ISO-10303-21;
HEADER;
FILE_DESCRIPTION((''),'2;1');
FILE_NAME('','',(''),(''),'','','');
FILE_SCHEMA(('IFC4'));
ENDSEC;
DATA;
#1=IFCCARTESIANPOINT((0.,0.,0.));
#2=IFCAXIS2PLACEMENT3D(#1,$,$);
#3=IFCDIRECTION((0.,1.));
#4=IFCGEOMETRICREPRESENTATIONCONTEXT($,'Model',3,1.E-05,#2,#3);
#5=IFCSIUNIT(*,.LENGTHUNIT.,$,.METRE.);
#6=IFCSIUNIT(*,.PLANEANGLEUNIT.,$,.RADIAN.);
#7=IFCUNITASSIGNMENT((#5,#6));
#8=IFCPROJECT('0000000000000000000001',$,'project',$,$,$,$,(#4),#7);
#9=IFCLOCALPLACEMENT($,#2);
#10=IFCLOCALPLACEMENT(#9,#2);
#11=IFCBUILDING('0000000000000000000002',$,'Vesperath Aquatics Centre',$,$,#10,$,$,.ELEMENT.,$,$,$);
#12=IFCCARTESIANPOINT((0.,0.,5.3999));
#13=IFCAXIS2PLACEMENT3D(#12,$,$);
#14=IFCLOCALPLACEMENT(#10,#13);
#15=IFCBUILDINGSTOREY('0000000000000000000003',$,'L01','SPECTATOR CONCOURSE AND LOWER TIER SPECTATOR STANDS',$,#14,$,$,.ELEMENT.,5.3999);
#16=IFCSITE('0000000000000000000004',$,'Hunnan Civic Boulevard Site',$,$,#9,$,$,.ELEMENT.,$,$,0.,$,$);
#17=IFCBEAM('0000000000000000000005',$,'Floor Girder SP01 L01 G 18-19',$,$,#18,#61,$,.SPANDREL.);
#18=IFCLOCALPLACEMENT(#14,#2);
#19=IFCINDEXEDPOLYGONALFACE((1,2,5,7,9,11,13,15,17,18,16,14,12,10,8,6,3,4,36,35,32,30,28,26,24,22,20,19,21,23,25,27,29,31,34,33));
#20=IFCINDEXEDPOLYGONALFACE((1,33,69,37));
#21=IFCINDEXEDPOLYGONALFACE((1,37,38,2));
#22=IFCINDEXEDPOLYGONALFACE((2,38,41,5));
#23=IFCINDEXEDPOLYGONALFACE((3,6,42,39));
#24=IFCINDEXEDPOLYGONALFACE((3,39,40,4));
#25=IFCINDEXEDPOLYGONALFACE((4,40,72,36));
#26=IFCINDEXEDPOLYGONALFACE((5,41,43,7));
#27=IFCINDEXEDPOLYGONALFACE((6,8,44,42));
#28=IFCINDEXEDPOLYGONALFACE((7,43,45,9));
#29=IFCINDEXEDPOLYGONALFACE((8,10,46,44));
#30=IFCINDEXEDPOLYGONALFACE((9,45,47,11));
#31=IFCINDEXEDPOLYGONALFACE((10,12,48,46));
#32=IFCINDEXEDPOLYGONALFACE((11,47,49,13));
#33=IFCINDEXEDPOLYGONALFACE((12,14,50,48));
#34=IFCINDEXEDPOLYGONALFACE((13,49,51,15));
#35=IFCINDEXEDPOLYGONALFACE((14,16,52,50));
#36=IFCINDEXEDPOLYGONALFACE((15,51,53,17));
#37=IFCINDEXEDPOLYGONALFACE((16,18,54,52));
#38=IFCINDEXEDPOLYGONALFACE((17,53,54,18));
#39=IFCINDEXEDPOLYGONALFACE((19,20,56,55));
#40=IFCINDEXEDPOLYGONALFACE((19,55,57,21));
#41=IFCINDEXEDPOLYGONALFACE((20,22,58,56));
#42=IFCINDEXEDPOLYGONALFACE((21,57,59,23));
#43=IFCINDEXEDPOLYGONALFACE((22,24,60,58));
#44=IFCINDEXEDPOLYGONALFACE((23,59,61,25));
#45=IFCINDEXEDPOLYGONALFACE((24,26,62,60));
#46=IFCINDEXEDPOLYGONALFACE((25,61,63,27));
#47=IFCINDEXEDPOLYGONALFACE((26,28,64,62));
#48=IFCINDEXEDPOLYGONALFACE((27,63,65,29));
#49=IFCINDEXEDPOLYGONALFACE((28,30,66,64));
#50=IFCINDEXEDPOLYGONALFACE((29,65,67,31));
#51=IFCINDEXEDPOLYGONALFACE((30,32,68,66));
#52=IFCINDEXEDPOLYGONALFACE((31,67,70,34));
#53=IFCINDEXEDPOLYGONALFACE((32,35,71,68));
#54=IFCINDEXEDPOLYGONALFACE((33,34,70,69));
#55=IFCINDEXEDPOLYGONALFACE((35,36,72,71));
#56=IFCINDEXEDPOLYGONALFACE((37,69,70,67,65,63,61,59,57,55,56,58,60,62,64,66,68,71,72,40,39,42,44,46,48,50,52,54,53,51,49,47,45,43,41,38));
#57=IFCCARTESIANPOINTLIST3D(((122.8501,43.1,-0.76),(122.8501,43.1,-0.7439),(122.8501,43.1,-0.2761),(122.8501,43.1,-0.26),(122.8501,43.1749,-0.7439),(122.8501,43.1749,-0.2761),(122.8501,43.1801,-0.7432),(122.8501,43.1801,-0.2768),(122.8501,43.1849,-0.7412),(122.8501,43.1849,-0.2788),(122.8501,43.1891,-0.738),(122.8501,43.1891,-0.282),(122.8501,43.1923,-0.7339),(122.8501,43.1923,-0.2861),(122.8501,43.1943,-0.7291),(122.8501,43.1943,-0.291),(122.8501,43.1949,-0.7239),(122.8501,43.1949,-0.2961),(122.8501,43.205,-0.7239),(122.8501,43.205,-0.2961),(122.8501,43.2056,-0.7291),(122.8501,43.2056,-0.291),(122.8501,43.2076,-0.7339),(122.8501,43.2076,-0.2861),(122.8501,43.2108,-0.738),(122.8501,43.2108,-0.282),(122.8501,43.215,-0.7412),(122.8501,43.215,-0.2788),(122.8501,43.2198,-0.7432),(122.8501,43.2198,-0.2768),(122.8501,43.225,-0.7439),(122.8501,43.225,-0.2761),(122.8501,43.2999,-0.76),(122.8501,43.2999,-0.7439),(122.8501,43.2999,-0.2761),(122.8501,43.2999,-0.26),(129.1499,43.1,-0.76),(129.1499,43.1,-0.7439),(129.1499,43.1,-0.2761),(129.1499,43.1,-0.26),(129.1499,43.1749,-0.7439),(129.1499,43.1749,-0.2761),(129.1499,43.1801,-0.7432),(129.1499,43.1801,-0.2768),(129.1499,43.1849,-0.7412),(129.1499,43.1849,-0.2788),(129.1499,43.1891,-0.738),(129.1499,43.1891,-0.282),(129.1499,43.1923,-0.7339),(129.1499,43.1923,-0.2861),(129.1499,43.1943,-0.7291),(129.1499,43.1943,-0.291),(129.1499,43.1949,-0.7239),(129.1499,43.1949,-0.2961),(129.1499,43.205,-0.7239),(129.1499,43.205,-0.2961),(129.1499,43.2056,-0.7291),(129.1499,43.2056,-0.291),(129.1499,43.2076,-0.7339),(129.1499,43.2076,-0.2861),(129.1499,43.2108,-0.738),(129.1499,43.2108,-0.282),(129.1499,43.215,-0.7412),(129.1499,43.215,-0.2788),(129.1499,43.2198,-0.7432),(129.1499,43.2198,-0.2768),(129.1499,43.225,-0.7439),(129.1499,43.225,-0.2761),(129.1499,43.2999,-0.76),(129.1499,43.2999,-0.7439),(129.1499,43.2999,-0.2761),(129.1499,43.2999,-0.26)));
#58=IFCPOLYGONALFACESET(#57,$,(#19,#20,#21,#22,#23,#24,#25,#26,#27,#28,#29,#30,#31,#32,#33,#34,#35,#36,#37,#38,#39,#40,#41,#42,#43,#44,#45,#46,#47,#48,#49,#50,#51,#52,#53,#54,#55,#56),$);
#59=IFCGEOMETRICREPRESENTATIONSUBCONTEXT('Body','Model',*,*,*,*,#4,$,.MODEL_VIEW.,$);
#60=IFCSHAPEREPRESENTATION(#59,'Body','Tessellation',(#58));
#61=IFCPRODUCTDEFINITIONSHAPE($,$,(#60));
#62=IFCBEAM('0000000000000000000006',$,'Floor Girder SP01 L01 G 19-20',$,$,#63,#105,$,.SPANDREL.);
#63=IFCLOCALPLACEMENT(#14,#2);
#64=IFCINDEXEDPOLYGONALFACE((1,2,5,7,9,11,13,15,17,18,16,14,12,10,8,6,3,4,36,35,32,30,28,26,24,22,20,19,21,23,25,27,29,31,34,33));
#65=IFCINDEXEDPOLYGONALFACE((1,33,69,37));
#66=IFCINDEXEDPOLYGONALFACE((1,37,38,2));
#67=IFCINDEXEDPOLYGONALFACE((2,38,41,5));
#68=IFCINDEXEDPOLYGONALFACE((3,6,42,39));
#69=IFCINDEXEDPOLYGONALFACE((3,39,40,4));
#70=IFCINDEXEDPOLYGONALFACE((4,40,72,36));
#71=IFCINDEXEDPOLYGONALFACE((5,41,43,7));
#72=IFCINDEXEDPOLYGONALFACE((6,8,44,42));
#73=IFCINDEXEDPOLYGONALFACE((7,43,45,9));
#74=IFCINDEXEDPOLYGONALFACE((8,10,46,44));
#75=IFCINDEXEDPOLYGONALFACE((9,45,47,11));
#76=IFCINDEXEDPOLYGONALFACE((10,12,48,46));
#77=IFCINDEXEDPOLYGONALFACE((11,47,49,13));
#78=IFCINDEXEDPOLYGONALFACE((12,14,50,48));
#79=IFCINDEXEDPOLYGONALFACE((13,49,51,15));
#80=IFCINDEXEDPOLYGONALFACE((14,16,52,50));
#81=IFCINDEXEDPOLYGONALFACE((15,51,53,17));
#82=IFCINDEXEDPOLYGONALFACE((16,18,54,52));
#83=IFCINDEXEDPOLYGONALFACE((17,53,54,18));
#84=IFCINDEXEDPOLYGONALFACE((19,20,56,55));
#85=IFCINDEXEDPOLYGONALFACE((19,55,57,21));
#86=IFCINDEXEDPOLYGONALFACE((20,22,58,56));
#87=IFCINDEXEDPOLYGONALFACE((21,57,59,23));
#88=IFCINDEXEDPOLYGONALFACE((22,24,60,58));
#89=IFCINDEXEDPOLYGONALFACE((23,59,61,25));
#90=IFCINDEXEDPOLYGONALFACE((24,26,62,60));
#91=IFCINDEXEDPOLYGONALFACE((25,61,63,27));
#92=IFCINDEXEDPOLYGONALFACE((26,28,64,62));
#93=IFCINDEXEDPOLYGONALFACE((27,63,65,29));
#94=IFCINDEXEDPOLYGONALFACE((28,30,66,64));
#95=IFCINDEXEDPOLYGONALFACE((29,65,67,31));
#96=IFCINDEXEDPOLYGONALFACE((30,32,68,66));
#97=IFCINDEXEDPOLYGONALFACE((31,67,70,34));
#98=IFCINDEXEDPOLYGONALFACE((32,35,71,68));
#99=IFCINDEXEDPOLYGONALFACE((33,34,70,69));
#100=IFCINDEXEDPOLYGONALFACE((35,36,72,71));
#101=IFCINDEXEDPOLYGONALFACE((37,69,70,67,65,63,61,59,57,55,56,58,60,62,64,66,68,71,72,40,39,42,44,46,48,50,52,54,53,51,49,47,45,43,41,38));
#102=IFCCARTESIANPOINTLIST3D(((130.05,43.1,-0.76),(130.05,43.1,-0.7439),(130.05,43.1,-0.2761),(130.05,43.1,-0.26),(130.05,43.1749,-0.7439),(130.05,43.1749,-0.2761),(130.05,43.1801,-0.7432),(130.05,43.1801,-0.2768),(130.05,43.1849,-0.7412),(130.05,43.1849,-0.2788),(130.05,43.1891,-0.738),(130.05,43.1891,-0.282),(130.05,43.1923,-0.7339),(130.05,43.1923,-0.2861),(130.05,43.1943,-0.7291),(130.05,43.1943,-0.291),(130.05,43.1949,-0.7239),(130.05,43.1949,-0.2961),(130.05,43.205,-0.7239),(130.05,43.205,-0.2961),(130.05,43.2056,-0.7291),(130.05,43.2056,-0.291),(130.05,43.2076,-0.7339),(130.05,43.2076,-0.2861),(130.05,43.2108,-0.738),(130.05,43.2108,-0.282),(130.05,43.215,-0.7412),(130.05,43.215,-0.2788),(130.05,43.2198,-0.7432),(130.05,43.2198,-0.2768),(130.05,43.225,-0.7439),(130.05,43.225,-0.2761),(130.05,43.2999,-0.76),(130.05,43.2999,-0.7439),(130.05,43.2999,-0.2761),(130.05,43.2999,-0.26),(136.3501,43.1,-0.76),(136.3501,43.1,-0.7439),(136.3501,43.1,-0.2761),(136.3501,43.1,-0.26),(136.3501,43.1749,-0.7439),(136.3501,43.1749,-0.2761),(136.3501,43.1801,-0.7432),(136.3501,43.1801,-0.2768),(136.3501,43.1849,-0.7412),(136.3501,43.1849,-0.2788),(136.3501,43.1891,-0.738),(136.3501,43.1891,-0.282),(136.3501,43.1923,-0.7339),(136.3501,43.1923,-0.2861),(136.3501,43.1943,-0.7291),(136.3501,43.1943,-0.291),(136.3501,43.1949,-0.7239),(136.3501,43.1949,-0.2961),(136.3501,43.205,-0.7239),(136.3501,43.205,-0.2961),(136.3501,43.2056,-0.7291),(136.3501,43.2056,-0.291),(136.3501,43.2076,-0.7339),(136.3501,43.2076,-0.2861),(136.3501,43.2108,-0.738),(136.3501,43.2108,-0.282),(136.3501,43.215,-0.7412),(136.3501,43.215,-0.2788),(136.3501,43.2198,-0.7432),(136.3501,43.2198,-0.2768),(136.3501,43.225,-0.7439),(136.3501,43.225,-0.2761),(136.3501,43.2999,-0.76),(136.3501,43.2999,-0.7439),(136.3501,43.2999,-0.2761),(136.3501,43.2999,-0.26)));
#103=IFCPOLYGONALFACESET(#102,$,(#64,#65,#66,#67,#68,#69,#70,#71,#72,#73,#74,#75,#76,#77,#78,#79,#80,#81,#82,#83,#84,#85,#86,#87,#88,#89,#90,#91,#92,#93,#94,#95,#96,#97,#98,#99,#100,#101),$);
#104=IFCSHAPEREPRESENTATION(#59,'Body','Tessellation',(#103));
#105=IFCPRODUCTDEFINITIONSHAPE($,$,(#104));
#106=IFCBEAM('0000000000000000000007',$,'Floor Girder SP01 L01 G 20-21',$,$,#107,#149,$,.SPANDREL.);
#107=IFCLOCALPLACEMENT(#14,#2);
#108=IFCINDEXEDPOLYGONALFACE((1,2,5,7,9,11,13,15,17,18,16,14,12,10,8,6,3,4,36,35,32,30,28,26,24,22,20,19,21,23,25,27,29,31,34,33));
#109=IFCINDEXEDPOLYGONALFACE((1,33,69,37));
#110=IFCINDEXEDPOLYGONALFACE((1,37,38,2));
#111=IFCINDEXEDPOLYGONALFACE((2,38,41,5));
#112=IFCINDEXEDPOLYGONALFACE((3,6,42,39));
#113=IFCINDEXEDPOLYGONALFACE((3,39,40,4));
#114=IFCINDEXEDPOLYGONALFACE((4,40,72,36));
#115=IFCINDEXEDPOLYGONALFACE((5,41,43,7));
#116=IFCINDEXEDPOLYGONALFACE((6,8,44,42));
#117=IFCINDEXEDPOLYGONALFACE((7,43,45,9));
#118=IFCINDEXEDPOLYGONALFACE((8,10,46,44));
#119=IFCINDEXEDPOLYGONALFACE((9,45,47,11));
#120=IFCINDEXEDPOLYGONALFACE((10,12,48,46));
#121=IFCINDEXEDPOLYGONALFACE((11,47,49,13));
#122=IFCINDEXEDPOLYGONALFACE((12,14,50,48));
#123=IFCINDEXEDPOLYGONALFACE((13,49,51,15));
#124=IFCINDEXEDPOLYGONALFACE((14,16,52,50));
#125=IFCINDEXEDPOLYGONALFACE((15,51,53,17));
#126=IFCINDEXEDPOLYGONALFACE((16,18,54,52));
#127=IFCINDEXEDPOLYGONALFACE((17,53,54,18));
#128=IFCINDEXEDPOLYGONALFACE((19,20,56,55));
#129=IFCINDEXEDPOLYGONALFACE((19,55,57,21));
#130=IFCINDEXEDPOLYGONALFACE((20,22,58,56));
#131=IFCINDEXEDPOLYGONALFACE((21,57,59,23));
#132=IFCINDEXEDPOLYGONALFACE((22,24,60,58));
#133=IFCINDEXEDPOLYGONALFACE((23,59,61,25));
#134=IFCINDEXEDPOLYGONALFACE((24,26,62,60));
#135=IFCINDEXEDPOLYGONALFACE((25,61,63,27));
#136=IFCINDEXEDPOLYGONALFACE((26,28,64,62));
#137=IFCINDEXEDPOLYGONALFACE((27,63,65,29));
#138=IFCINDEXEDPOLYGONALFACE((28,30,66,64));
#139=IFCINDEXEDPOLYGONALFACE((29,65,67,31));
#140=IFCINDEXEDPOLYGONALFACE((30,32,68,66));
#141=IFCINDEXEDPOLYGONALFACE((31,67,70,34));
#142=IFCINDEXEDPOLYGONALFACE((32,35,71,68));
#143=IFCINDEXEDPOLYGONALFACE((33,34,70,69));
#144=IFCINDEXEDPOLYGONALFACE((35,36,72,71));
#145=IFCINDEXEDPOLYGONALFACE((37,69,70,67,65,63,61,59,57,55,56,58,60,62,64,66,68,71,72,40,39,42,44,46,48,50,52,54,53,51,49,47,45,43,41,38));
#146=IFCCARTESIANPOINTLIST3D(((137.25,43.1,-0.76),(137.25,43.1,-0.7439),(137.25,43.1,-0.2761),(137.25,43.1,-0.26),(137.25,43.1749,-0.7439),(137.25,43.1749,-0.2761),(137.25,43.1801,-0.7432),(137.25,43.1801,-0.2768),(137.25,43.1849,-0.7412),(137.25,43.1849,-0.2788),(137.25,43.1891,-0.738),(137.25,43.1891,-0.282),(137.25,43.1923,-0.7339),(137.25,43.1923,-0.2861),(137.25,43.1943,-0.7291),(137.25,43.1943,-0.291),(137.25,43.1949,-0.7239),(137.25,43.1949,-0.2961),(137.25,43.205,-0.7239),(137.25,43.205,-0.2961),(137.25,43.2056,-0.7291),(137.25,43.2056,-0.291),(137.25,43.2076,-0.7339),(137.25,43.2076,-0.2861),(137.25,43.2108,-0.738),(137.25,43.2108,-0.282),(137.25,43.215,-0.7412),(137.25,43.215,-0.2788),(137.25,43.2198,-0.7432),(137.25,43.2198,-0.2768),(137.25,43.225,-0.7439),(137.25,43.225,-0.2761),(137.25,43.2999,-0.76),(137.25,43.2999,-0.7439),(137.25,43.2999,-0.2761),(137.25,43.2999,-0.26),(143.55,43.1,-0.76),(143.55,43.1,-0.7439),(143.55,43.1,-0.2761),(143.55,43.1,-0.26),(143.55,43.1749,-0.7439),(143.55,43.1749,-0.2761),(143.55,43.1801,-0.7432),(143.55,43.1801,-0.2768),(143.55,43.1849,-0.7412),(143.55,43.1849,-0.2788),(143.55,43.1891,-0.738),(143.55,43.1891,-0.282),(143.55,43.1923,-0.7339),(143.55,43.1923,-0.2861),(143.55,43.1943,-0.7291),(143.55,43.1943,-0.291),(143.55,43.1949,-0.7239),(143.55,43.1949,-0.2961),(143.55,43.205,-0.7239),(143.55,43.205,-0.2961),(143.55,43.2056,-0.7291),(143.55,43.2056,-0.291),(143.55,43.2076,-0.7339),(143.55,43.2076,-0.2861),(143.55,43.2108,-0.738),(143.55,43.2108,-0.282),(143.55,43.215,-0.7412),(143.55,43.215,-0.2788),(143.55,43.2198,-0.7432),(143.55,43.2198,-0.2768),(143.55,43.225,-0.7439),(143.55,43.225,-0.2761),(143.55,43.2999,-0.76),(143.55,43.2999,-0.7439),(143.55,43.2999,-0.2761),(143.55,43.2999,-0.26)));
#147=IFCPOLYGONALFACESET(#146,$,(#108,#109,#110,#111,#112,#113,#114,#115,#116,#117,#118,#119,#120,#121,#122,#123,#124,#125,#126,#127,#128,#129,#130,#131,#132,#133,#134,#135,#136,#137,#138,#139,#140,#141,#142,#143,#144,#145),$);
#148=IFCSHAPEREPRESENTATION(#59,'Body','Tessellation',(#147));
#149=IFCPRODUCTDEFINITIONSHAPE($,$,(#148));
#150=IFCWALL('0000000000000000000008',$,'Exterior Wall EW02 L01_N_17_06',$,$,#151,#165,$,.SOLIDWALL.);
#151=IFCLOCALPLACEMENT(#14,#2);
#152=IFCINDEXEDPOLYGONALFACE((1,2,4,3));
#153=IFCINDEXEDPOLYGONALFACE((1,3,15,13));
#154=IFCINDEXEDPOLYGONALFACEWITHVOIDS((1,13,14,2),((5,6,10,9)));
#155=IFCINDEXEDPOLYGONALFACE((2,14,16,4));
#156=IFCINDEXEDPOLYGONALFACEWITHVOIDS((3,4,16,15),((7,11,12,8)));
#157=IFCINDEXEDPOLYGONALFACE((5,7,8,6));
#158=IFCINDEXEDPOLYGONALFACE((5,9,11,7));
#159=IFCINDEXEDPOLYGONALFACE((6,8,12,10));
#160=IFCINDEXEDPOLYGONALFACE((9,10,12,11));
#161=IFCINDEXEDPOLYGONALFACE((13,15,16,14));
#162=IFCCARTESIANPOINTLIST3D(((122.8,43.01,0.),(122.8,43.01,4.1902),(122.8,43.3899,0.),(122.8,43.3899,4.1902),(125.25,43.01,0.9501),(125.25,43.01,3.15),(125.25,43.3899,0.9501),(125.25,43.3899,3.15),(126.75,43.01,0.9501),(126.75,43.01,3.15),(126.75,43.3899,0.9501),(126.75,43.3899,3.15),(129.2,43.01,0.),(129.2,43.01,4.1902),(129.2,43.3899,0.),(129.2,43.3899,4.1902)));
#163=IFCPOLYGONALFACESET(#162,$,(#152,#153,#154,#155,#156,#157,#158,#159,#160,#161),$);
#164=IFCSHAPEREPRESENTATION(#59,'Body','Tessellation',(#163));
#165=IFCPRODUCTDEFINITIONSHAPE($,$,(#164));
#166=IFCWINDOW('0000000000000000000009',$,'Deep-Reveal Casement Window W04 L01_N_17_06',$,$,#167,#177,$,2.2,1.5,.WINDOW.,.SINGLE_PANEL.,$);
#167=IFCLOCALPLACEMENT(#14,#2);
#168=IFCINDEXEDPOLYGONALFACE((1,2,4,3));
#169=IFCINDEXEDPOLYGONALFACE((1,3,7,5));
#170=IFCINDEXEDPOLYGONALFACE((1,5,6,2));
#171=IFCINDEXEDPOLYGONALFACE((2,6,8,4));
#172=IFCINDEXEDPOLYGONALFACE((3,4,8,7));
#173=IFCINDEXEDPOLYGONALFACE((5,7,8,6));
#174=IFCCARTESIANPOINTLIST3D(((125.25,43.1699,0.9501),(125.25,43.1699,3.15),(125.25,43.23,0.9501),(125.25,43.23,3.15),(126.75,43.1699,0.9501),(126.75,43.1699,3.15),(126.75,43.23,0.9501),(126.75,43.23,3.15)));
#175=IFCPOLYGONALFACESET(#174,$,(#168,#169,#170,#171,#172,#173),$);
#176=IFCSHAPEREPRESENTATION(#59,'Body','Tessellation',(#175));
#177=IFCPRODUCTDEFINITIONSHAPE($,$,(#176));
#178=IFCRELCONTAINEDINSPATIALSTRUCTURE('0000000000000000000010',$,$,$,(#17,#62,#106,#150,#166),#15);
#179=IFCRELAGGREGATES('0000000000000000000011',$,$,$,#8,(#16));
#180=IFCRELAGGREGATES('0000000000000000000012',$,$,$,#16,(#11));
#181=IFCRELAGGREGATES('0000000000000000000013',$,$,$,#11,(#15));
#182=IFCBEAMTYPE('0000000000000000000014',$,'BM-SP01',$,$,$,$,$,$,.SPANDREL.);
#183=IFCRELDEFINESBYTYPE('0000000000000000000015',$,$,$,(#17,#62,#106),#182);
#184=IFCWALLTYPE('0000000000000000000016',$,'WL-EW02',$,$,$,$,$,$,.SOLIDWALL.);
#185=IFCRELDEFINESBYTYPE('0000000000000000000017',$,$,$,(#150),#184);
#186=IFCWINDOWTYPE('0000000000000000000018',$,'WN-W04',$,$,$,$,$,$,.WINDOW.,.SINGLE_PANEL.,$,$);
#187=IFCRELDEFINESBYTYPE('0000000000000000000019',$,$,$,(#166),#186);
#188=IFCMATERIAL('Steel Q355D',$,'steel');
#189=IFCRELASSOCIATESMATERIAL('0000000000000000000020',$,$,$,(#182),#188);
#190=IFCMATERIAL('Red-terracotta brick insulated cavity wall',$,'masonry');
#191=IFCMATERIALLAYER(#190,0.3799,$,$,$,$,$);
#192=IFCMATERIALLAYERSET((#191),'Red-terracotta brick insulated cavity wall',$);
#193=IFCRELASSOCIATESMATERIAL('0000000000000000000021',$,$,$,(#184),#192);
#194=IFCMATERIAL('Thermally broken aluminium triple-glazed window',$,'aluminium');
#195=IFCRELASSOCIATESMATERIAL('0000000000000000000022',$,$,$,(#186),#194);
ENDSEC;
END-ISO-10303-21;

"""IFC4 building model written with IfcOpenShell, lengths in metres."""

from ifc_helpers import new_model, si_unit, direction, frame, frame_2d, origin, origin_2d, place, context, subcontext, project, spatial, rectangle, i_section, extrude, material, layer, layer_set, material_profile, profile_set, type_object, element, fill, save


model = new_model("IFC4")

# Units and contexts
model_context = context("Model", 3, precision=1e-05, world=origin(), true_north=direction((0.0, 1.0)))
body_context = subcontext(model_context, "Body", "Model", "MODEL_VIEW")
ifc_project = project(units=[si_unit("LENGTHUNIT", "METRE"), si_unit("PLANEANGLEUNIT", "RADIAN")], contexts=[model_context])

# Site, building, storey
site_placement = place(None, origin())
site = spatial("IfcSite", under=ifc_project, at=site_placement, Name="Hunnan Civic Boulevard Site", CompositionType="ELEMENT", RefElevation=0.0)
building_placement = place(site_placement, origin())
building = spatial("IfcBuilding", under=site, at=building_placement, Name="Vesperath Aquatics Centre", CompositionType="ELEMENT")
storey_placement = place(building_placement, frame((0.0, 0.0, 5.3999)))
storey = spatial("IfcBuildingStorey", under=building, at=storey_placement, Name="L01", Description="SPECTATOR CONCOURSE AND LOWER TIER SPECTATOR STANDS", CompositionType="ELEMENT", Elevation=5.3999)

# Beams
ifc_material_1 = material(Name="Steel Q355D", Category="steel")
ifc_material_profile_1 = material_profile(ifc_material_1, i_section(OverallWidth=0.2, OverallDepth=0.5, WebThickness=0.01, FlangeThickness=0.0161, FilletRadius=0.02, at=origin_2d()), Name="HN 500x200x10x16")
ifc_profile_set_1 = profile_set([ifc_material_profile_1], Name="Steel Q355D")
beam_type_1 = type_object("IfcBeamType", Name="BM-SP01", PredefinedType="SPANDREL", material=ifc_profile_set_1)
beam_1_placement = place(storey_placement, frame((122.8501, 43.2, -0.51), z_axis=(1.0, 0.0, 0.0), x_axis=(0.0, 1.0, 0.0)))
element("IfcBeam", 1, at=beam_1_placement, inside=storey, type_object=beam_type_1, Name="Floor Girder SP01 L01 G 18-19", PredefinedType="SPANDREL", context=body_context, shape_type="SweptSolid", body=[
    extrude(i_section(OverallWidth=0.2, OverallDepth=0.5, WebThickness=0.01, FlangeThickness=0.0161, FilletRadius=0.02, at=origin_2d()), origin(), (0.0, 0.0, 1.0), 6.2998),
])
for number, where, z_axis, x_axis, name in (
    (2, (130.05, 43.2, -0.51), (1.0, 0.0, 0.0), (0.0, 1.0, 0.0), "Floor Girder SP01 L01 G 19-20"),
    (3, (137.25, 43.2, -0.51), (1.0, 0.0, 0.0), (0.0, 1.0, 0.0), "Floor Girder SP01 L01 G 20-21"),
):
    element("IfcBeam", number, at=place(storey_placement, frame(where, z_axis=z_axis, x_axis=x_axis)), inside=storey, type_object=beam_type_1, Name=name, PredefinedType="SPANDREL", context=body_context, shape_type="SweptSolid", body=[
        extrude(i_section(OverallWidth=0.2, OverallDepth=0.5, WebThickness=0.01, FlangeThickness=0.0161, FilletRadius=0.02, at=origin_2d()), origin(), (0.0, 0.0, 1.0), 6.3),
    ])

# Wall, opening, window
ifc_material_2 = material(Name="Red-terracotta brick insulated cavity wall", Category="masonry")
ifc_layer_1 = layer(ifc_material_2, 0.3799)
ifc_layer_set_1 = layer_set([ifc_layer_1], Name="Red-terracotta brick insulated cavity wall")
wall_type_1 = type_object("IfcWallType", Name="WL-EW02", PredefinedType="SOLIDWALL", material=ifc_layer_set_1)
wall_1_placement = place(storey_placement, frame((122.8, 43.2, 0.0), z_axis=(0.0, 0.0, 1.0), x_axis=(1.0, 0.0, 0.0)))
wall_1 = element("IfcWall", 4, at=wall_1_placement, inside=storey, type_object=wall_type_1, Name="Exterior Wall EW02 L01_N_17_06", PredefinedType="SOLIDWALL", context=body_context, shape_type="SweptSolid", body=[
    extrude(rectangle(XDim=6.3999, YDim=0.3799, at=frame_2d((3.2, 0.0))), origin(), (0.0, 0.0, 1.0), 4.1902),
])
opening_1_placement = place(wall_1_placement, frame((2.45, 0.0, 0.95)))
opening_1 = element("IfcOpeningElement", 5, at=opening_1_placement, cuts=wall_1, PredefinedType="OPENING", context=body_context, shape_type="SweptSolid", body=[
    extrude(rectangle(XDim=1.5, YDim=2.2, at=frame_2d((0.75, 1.1001))), frame((0.0, 0.2048, 0.0), z_axis=(0.0, -1.0, 0.0), x_axis=(1.0, 0.0, 0.0)), (0.0, 0.0, 1.0), 0.4097),
])
ifc_material_3 = material(Name="Thermally broken aluminium triple-glazed window", Category="aluminium")
window_type_1 = type_object("IfcWindowType", Name="WN-W04", PartitioningType="SINGLE_PANEL", PredefinedType="WINDOW", material=ifc_material_3)
window_1_placement = place(opening_1_placement, origin())
window_1 = element("IfcWindow", 6, at=window_1_placement, inside=storey, type_object=window_type_1, Name="Deep-Reveal Casement Window W04 L01_N_17_06", OverallHeight=2.2, OverallWidth=1.5, PartitioningType="SINGLE_PANEL", PredefinedType="WINDOW", context=body_context, shape_type="SweptSolid", body=[
    extrude(rectangle(XDim=1.5, YDim=2.2, at=frame_2d((0.75, 1.1001))), frame((0.0, 0.03, 0.0), z_axis=(0.0, -1.0, 0.0), x_axis=(1.0, 0.0, 0.0)), (0.0, 0.0, 1.0), 0.0601),
])
fill(opening_1, window_1)

save(model, "model.ifc")
